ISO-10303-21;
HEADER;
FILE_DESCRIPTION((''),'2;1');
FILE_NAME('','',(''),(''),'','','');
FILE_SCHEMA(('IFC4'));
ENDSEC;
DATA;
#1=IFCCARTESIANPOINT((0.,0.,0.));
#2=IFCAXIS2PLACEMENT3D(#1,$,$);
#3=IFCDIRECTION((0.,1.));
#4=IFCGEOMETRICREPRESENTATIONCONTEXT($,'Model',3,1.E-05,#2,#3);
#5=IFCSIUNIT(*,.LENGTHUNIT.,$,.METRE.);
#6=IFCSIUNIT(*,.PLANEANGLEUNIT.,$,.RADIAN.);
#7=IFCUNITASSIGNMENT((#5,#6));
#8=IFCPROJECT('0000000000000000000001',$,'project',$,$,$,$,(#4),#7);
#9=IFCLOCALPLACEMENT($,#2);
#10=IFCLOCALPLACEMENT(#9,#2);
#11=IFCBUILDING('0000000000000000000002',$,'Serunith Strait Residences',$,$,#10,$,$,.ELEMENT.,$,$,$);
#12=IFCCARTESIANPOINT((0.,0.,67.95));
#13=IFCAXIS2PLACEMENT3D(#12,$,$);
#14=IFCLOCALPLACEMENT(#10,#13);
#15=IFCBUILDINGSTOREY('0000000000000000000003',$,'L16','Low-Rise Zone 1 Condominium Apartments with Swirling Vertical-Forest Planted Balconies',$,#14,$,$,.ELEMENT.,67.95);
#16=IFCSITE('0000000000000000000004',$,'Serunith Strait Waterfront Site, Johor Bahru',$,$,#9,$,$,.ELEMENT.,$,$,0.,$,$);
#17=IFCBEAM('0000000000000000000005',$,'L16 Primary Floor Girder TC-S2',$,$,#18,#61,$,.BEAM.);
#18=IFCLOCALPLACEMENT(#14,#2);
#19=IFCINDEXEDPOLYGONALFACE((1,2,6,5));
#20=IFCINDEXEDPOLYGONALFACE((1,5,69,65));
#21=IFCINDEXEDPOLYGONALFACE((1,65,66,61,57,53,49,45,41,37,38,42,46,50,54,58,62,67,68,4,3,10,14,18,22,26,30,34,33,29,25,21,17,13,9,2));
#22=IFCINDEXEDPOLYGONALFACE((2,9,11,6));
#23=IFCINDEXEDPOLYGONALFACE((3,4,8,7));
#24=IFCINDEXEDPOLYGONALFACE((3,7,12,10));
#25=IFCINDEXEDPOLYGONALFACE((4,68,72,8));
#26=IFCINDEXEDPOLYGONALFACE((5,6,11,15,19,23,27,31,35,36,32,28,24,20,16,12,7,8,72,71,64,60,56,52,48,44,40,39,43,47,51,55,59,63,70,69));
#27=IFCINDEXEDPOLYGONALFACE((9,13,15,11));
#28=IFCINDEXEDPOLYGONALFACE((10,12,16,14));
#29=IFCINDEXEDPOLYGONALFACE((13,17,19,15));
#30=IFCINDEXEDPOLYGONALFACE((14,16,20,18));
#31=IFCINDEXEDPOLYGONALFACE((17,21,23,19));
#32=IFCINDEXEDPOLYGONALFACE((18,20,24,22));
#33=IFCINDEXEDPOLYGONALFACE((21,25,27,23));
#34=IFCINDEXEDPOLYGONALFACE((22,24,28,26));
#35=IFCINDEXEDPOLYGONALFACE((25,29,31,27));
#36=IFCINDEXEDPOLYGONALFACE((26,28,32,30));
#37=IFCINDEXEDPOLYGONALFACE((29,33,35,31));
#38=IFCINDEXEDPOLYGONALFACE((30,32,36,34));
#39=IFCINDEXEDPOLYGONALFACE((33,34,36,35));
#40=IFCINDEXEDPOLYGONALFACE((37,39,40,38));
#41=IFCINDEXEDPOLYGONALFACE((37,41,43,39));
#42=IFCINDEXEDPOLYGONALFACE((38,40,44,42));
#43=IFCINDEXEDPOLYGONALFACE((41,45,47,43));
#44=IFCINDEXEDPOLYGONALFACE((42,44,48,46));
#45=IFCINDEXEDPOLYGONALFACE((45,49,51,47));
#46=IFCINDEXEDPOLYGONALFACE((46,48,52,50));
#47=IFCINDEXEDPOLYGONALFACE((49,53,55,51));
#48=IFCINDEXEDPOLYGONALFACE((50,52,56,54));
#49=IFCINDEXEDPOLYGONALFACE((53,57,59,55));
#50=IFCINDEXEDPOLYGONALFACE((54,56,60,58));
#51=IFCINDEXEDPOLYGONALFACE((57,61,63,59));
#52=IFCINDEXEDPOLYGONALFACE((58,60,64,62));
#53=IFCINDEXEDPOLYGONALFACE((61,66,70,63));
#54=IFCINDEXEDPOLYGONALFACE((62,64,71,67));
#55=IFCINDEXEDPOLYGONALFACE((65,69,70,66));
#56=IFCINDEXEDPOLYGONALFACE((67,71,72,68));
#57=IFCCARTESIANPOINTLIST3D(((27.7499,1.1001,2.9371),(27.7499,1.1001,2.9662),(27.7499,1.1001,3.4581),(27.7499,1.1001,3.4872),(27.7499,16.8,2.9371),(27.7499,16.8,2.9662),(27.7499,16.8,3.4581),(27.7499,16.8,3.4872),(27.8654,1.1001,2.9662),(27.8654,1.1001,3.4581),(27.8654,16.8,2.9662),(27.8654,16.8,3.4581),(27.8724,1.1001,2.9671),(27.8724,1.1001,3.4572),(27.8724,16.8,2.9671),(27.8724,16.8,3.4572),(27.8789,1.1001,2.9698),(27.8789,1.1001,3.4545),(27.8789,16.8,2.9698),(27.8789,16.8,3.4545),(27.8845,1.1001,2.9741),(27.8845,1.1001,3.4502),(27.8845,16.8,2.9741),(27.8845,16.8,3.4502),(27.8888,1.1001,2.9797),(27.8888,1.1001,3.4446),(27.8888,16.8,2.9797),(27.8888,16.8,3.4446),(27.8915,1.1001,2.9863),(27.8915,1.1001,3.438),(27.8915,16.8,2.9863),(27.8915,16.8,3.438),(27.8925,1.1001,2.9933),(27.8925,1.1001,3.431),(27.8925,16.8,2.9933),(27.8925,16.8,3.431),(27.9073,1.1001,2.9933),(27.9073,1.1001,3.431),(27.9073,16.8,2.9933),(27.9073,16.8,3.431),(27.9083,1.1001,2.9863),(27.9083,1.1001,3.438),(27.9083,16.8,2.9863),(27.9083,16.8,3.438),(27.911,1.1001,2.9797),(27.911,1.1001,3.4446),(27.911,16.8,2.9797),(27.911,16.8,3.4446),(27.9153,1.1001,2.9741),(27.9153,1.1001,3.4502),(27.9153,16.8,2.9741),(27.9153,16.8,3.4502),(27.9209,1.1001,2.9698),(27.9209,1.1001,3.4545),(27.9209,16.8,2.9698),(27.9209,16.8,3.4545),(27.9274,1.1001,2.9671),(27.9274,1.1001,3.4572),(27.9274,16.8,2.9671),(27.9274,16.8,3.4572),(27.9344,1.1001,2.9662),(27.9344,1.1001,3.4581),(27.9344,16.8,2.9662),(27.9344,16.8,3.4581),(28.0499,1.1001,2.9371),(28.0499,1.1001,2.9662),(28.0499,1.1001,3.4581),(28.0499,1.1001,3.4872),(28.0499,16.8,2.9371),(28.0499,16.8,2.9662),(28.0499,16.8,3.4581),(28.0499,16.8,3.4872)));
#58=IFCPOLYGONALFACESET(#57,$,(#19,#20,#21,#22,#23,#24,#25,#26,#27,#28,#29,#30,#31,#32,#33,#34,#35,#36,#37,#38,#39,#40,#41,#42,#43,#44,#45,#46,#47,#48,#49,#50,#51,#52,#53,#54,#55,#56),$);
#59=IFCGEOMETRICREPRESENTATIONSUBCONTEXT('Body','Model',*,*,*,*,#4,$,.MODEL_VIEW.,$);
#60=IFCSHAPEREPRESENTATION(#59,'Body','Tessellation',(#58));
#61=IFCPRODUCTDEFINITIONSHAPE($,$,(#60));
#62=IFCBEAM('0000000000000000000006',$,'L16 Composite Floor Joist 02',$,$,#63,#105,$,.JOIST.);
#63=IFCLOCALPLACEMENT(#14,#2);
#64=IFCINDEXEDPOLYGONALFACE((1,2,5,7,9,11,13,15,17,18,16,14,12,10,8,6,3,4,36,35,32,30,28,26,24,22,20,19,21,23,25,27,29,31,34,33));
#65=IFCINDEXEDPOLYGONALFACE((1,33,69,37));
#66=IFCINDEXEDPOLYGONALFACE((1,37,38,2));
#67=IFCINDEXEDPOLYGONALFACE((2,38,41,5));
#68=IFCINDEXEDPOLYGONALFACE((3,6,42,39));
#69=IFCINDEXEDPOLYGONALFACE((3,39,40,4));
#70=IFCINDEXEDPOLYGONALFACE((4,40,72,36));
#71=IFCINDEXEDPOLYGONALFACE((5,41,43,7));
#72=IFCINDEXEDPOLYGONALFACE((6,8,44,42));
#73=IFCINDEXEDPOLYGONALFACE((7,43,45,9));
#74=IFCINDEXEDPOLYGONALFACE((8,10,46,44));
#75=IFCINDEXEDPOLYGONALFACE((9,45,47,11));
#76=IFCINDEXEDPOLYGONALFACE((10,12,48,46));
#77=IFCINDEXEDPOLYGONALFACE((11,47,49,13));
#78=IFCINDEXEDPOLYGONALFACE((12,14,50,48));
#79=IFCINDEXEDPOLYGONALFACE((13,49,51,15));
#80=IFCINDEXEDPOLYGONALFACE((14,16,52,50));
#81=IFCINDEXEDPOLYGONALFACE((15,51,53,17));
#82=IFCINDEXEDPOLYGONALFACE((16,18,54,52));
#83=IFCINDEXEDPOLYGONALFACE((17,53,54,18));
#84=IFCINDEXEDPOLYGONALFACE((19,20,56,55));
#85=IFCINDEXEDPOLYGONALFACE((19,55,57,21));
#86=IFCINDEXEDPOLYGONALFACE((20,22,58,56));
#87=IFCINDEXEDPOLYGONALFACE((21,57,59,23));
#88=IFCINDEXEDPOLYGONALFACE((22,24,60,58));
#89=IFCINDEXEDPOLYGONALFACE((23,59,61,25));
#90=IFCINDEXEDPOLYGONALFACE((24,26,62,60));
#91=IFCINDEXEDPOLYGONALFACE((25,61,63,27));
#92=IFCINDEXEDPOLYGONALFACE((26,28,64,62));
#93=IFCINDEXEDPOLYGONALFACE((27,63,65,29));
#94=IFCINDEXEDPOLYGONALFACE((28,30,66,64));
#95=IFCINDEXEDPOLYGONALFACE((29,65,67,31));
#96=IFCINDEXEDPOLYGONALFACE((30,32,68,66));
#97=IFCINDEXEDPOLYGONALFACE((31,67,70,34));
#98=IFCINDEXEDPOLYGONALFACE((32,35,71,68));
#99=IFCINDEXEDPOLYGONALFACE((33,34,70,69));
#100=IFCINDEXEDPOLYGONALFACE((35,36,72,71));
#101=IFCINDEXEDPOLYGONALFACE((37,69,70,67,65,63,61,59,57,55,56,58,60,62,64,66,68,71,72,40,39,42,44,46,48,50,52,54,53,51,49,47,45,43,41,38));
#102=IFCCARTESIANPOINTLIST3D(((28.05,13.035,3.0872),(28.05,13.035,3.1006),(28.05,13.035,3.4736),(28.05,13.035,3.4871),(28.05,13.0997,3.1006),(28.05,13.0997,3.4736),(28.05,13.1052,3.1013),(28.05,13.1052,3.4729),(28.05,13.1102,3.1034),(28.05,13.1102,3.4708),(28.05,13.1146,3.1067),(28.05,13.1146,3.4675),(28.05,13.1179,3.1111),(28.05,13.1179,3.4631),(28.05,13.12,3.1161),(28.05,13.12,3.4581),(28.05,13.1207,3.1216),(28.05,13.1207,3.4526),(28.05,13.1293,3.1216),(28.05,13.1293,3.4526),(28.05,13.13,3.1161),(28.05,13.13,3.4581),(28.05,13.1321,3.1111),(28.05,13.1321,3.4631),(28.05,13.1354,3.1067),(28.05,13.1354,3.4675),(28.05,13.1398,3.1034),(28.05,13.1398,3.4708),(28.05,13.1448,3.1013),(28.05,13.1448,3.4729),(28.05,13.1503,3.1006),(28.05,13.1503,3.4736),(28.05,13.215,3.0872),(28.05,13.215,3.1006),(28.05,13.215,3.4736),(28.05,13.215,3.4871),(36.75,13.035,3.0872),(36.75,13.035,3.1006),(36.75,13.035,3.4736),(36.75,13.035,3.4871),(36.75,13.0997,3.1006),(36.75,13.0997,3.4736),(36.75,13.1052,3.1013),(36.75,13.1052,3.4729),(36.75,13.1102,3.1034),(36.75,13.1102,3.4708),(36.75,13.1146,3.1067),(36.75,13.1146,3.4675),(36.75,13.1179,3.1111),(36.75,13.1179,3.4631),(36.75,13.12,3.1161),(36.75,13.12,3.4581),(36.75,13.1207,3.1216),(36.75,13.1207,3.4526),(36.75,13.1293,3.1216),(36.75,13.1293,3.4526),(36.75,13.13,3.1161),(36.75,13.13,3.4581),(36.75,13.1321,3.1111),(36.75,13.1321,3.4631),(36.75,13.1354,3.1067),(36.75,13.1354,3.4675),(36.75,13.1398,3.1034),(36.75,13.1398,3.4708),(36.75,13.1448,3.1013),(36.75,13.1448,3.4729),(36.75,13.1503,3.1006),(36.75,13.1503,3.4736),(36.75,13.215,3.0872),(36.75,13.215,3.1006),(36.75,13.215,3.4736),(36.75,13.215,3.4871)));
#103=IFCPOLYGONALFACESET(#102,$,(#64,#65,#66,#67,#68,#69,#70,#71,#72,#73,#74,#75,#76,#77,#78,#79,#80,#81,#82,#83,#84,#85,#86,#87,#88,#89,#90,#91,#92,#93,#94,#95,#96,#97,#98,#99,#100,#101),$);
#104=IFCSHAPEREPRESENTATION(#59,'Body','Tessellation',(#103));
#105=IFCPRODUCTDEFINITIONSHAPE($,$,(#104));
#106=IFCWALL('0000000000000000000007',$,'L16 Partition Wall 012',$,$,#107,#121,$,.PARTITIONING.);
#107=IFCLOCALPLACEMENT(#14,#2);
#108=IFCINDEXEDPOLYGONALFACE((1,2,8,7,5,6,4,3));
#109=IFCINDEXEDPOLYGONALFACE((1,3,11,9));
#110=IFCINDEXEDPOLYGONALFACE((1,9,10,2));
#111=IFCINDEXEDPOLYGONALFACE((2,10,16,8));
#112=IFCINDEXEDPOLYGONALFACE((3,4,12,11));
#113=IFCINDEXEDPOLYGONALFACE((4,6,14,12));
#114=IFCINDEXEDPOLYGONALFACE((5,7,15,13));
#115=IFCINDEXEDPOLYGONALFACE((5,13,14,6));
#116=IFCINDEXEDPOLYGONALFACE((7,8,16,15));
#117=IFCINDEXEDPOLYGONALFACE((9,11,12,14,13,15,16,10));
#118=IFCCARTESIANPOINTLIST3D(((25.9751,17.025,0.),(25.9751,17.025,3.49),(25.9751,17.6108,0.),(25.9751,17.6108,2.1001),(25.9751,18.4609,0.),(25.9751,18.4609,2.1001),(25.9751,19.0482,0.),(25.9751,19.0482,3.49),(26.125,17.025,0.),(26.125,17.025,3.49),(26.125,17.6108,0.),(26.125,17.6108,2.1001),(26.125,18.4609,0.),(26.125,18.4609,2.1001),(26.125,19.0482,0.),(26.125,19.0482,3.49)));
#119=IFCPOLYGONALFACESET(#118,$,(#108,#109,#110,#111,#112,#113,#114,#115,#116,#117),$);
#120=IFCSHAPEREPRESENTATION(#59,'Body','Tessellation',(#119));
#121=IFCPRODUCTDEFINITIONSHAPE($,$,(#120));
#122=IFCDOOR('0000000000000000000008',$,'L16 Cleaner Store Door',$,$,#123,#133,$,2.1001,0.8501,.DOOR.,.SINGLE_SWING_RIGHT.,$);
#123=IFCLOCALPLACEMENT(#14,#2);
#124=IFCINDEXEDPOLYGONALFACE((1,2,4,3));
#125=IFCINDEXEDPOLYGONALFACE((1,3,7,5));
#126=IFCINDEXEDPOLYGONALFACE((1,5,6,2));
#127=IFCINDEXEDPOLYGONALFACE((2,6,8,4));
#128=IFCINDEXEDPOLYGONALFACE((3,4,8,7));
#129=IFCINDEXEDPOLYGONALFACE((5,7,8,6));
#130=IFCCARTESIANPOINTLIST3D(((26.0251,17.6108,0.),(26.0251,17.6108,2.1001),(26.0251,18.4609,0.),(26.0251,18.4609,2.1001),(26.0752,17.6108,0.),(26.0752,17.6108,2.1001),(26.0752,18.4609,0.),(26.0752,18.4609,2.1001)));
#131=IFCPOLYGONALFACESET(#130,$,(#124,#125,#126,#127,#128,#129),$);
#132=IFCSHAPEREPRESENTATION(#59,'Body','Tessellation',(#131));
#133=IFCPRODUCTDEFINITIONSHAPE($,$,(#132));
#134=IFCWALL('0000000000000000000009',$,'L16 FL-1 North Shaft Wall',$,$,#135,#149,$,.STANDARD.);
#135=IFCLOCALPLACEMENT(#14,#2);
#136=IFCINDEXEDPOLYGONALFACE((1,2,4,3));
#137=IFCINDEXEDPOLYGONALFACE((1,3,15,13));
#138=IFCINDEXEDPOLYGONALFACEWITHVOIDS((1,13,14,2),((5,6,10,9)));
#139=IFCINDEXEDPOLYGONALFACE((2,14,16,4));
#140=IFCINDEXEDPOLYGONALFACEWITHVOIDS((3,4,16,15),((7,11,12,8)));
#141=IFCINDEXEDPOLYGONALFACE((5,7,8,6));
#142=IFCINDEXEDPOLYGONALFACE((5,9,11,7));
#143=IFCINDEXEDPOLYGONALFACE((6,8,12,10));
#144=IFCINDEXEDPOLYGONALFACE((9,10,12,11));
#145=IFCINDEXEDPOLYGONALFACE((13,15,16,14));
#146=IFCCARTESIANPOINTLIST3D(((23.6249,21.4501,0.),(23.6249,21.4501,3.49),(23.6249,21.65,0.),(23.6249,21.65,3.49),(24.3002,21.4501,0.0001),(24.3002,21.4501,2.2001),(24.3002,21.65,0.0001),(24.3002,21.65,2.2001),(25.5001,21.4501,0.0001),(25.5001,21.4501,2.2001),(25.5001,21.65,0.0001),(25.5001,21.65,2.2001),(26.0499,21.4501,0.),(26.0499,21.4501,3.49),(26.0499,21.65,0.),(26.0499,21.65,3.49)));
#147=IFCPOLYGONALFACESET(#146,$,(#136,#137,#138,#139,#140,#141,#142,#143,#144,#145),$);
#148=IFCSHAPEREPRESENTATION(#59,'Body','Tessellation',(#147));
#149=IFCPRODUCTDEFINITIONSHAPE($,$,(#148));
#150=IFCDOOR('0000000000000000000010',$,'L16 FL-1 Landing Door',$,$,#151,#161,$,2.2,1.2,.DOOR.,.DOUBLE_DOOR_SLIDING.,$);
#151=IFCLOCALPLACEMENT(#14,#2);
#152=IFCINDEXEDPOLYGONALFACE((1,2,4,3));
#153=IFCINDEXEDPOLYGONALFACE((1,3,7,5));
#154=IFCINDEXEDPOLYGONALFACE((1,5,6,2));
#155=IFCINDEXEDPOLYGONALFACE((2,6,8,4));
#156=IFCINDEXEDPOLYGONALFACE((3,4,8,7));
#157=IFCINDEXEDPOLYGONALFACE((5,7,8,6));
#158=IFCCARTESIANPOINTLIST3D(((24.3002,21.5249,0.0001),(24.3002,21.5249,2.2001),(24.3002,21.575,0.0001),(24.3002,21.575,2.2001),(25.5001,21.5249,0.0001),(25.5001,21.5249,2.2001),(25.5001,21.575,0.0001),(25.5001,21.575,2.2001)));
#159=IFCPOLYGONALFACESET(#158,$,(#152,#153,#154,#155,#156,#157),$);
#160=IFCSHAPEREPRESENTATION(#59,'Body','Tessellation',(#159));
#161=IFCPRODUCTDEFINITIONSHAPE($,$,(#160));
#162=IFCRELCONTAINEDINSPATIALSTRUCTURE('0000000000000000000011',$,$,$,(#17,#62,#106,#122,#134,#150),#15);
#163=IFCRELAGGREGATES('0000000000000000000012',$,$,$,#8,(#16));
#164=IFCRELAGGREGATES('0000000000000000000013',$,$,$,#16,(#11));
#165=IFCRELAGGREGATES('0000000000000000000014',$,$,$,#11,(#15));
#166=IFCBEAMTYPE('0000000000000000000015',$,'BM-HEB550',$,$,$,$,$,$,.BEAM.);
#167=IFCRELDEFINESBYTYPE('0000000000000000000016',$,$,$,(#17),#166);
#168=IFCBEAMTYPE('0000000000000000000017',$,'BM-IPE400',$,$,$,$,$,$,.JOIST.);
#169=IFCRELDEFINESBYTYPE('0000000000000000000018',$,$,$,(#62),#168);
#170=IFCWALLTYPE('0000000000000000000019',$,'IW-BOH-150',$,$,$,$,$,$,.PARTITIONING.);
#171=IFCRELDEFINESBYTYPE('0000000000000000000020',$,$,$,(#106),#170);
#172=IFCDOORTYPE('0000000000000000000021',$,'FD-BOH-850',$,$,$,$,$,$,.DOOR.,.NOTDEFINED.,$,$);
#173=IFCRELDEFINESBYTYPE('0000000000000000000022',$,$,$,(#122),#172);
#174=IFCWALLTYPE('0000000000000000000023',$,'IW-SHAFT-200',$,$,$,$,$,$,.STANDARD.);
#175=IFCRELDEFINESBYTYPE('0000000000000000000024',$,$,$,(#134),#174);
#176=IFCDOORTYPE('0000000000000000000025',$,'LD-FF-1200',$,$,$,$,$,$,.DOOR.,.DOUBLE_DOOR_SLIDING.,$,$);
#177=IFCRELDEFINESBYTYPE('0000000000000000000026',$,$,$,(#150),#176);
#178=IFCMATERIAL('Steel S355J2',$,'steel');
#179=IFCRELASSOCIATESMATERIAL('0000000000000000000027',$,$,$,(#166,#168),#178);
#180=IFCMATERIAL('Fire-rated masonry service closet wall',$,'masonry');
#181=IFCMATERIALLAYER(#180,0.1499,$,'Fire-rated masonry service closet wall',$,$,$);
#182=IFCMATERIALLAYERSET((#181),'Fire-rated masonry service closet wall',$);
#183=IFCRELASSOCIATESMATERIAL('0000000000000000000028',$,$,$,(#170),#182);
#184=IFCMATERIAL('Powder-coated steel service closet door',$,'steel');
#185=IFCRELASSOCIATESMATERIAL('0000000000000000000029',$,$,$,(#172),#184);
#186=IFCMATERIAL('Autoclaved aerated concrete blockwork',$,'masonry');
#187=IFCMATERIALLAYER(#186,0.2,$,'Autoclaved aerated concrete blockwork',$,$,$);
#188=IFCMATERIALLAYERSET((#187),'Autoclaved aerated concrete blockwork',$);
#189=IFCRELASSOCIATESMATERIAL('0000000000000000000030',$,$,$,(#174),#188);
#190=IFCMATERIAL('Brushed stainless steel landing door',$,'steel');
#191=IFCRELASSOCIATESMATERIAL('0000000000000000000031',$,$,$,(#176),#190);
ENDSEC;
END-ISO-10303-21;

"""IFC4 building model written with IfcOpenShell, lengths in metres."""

from ifc_helpers import new_model, si_unit, direction, frame, frame_2d, origin, origin_2d, place, context, subcontext, project, spatial, rectangle, i_section, extrude, source, transform, mapped, material, layer, layer_set, material_profile, profile_set, type_object, element, fill, save


model = new_model("IFC4")

# Units and contexts
model_context = context("Model", 3, precision=1e-05, world=origin(), true_north=direction((0.0, 1.0)))
body_context = subcontext(model_context, "Body", "Model", "MODEL_VIEW")
ifc_project = project(units=[si_unit("LENGTHUNIT", "METRE"), si_unit("PLANEANGLEUNIT", "RADIAN")], contexts=[model_context])

# Site, building, storey
site_placement = place(None, origin())
site = spatial("IfcSite", under=ifc_project, at=site_placement, Name="Serunith Strait Waterfront Site, Johor Bahru", CompositionType="ELEMENT", RefElevation=0.0)
building_placement = place(site_placement, origin())
building = spatial("IfcBuilding", under=site, at=building_placement, Name="Serunith Strait Residences", CompositionType="ELEMENT")
storey_placement = place(building_placement, frame((0.0, 0.0, 67.95)))
storey = spatial("IfcBuildingStorey", under=building, at=storey_placement, Name="L16", Description="Low-Rise Zone 1 Condominium Apartments with Swirling Vertical-Forest Planted Balconies", CompositionType="ELEMENT", Elevation=67.95)

# Beams
ifc_material_1 = material(Name="Steel S355J2", Category="steel")
ifc_material_profile_1 = material_profile(ifc_material_1, i_section(OverallWidth=0.3, OverallDepth=0.55, WebThickness=0.0149, FlangeThickness=0.0291, FilletRadius=0.0271, at=origin_2d()), Name="HEB 550")
ifc_profile_set_1 = profile_set([ifc_material_profile_1], Name="Steel S355J2")
beam_type_1 = type_object("IfcBeamType", Name="BM-HEB550", PredefinedType="BEAM", material=ifc_profile_set_1)
shared_shape_1 = source(origin(), body_context, "Body", "SweptSolid", [
    extrude(i_section(OverallWidth=0.3, OverallDepth=0.55, WebThickness=0.0149, FlangeThickness=0.0291, FilletRadius=0.0271, at=origin_2d()), origin(), (0.0, 0.0, 1.0), 15.7),
])
beam_1_placement = place(storey_placement, frame((27.8999, 16.8, 3.2122), z_axis=(0.0, -1.0, 0.0), x_axis=(1.0, 0.0, 0.0)))
element("IfcBeam", 1, at=beam_1_placement, inside=storey, type_object=beam_type_1, Name="L16 Primary Floor Girder TC-S2", PredefinedType="BEAM", context=body_context, shape_type="MappedRepresentation", body=[
    mapped(shared_shape_1, transform((0.0, 0.0, 0.0), scale=1.0)),
])
ifc_material_profile_2 = material_profile(ifc_material_1, i_section(OverallWidth=0.1799, OverallDepth=0.3999, WebThickness=0.0085, FlangeThickness=0.0134, FilletRadius=0.021, at=origin_2d()), Name="IPE 400")
ifc_profile_set_2 = profile_set([ifc_material_profile_2], Name="Steel S355J2")
beam_type_2 = type_object("IfcBeamType", Name="BM-IPE400", PredefinedType="JOIST", material=ifc_profile_set_2)
shared_shape_2 = source(origin(), body_context, "Body", "SweptSolid", [
    extrude(i_section(OverallWidth=0.1799, OverallDepth=0.3999, WebThickness=0.0085, FlangeThickness=0.0134, FilletRadius=0.021, at=origin_2d()), origin(), (0.0, 0.0, 1.0), 8.7),
])
beam_2_placement = place(storey_placement, frame((28.05, 13.125, 3.2871), z_axis=(1.0, 0.0, 0.0), x_axis=(0.0, 1.0, 0.0)))
element("IfcBeam", 2, at=beam_2_placement, inside=storey, type_object=beam_type_2, Name="L16 Composite Floor Joist 02", PredefinedType="JOIST", context=body_context, shape_type="MappedRepresentation", body=[
    mapped(shared_shape_2, transform((0.0, 0.0, 0.0), scale=1.0)),
])

# Walls, openings, doors
ifc_material_2 = material(Name="Fire-rated masonry service closet wall", Category="masonry")
ifc_layer_1 = layer(ifc_material_2, 0.1499, Name="Fire-rated masonry service closet wall")
ifc_layer_set_1 = layer_set([ifc_layer_1], Name="Fire-rated masonry service closet wall")
wall_type_1 = type_object("IfcWallType", Name="IW-BOH-150", PredefinedType="PARTITIONING", material=ifc_layer_set_1)
wall_1_placement = place(storey_placement, frame((26.05, 17.0249, 0.0), z_axis=(0.0, 0.0, 1.0), x_axis=(0.0, 1.0, 0.0)))
wall_1 = element("IfcWall", 3, at=wall_1_placement, inside=storey, type_object=wall_type_1, Name="L16 Partition Wall 012", PredefinedType="PARTITIONING", context=body_context, shape_type="SweptSolid", body=[
    extrude(rectangle(XDim=2.0232, YDim=0.1499, at=frame_2d((1.0117, 0.0))), origin(), (0.0, 0.0, 1.0), 3.49),
])
opening_1_placement = place(wall_1_placement, frame((0.5859, 0.0, 0.0)))
opening_1 = element("IfcOpeningElement", 4, at=opening_1_placement, cuts=wall_1, PredefinedType="OPENING", context=body_context, shape_type="SweptSolid", body=[
    extrude(rectangle(XDim=0.8501, YDim=2.1001, at=frame_2d((0.425, 1.05))), frame((0.0, 0.085, 0.0), z_axis=(0.0, -1.0, 0.0), x_axis=(1.0, 0.0, 0.0)), (0.0, 0.0, 1.0), 0.1699),
])
ifc_material_3 = material(Name="Powder-coated steel service closet door", Category="steel")
door_type_1 = type_object("IfcDoorType", Name="FD-BOH-850", OperationType="NOTDEFINED", PredefinedType="DOOR", material=ifc_material_3)
shared_shape_3 = source(origin(), body_context, "Body", "SweptSolid", [
    extrude(rectangle(XDim=0.8501, YDim=2.1001, at=frame_2d((0.425, 1.05))), frame((0.0, 0.0249, 0.0), z_axis=(0.0, -1.0, 0.0), x_axis=(1.0, 0.0, 0.0)), (0.0, 0.0, 1.0), 0.05),
])
door_1_placement = place(opening_1_placement, origin())
door_1 = element("IfcDoor", 5, at=door_1_placement, inside=storey, type_object=door_type_1, Name="L16 Cleaner Store Door", OperationType="SINGLE_SWING_RIGHT", OverallHeight=2.1001, OverallWidth=0.8501, PredefinedType="DOOR", context=body_context, shape_type="MappedRepresentation", body=[
    mapped(shared_shape_3, transform((0.0, 0.0, 0.0), scale=1.0)),
])
fill(opening_1, door_1)
ifc_material_4 = material(Name="Autoclaved aerated concrete blockwork", Category="masonry")
ifc_layer_2 = layer(ifc_material_4, 0.2, Name="Autoclaved aerated concrete blockwork")
ifc_layer_set_2 = layer_set([ifc_layer_2], Name="Autoclaved aerated concrete blockwork")
wall_type_2 = type_object("IfcWallType", Name="IW-SHAFT-200", PredefinedType="STANDARD", material=ifc_layer_set_2)
wall_2_placement = place(storey_placement, frame((23.625, 21.55, 0.0), z_axis=(0.0, 0.0, 1.0), x_axis=(1.0, 0.0, 0.0)))
wall_2 = element("IfcWall", 6, at=wall_2_placement, inside=storey, type_object=wall_type_2, Name="L16 FL-1 North Shaft Wall", PredefinedType="STANDARD", context=body_context, shape_type="SweptSolid", body=[
    extrude(rectangle(XDim=2.425, YDim=0.2, at=frame_2d((1.2124, 0.0))), origin(), (0.0, 0.0, 1.0), 3.49),
])
opening_2_placement = place(wall_2_placement, frame((0.675, 0.0, 0.0)))
opening_2 = element("IfcOpeningElement", 7, at=opening_2_placement, cuts=wall_2, PredefinedType="OPENING", context=body_context, shape_type="SweptSolid", body=[
    extrude(rectangle(XDim=1.2, YDim=2.2, at=frame_2d((0.6001, 1.1001))), frame((0.0, 0.1099, 0.0), z_axis=(0.0, -1.0, 0.0), x_axis=(1.0, 0.0, 0.0)), (0.0, 0.0, 1.0), 0.22),
])
ifc_material_5 = material(Name="Brushed stainless steel landing door", Category="steel")
door_type_2 = type_object("IfcDoorType", Name="LD-FF-1200", OperationType="DOUBLE_DOOR_SLIDING", PredefinedType="DOOR", material=ifc_material_5)
shared_shape_4 = source(origin(), body_context, "Body", "SweptSolid", [
    extrude(rectangle(XDim=1.2, YDim=2.2, at=frame_2d((0.6001, 1.1001))), frame((0.0, 0.0249, 0.0), z_axis=(0.0, -1.0, 0.0), x_axis=(1.0, 0.0, 0.0)), (0.0, 0.0, 1.0), 0.05),
])
door_2_placement = place(opening_2_placement, origin())
door_2 = element("IfcDoor", 8, at=door_2_placement, inside=storey, type_object=door_type_2, Name="L16 FL-1 Landing Door", OperationType="DOUBLE_DOOR_SLIDING", OverallHeight=2.2, OverallWidth=1.2, PredefinedType="DOOR", context=body_context, shape_type="MappedRepresentation", body=[
    mapped(shared_shape_4, transform((0.0, 0.0, 0.0), scale=1.0)),
])
fill(opening_2, door_2)

save(model, "model.ifc")
